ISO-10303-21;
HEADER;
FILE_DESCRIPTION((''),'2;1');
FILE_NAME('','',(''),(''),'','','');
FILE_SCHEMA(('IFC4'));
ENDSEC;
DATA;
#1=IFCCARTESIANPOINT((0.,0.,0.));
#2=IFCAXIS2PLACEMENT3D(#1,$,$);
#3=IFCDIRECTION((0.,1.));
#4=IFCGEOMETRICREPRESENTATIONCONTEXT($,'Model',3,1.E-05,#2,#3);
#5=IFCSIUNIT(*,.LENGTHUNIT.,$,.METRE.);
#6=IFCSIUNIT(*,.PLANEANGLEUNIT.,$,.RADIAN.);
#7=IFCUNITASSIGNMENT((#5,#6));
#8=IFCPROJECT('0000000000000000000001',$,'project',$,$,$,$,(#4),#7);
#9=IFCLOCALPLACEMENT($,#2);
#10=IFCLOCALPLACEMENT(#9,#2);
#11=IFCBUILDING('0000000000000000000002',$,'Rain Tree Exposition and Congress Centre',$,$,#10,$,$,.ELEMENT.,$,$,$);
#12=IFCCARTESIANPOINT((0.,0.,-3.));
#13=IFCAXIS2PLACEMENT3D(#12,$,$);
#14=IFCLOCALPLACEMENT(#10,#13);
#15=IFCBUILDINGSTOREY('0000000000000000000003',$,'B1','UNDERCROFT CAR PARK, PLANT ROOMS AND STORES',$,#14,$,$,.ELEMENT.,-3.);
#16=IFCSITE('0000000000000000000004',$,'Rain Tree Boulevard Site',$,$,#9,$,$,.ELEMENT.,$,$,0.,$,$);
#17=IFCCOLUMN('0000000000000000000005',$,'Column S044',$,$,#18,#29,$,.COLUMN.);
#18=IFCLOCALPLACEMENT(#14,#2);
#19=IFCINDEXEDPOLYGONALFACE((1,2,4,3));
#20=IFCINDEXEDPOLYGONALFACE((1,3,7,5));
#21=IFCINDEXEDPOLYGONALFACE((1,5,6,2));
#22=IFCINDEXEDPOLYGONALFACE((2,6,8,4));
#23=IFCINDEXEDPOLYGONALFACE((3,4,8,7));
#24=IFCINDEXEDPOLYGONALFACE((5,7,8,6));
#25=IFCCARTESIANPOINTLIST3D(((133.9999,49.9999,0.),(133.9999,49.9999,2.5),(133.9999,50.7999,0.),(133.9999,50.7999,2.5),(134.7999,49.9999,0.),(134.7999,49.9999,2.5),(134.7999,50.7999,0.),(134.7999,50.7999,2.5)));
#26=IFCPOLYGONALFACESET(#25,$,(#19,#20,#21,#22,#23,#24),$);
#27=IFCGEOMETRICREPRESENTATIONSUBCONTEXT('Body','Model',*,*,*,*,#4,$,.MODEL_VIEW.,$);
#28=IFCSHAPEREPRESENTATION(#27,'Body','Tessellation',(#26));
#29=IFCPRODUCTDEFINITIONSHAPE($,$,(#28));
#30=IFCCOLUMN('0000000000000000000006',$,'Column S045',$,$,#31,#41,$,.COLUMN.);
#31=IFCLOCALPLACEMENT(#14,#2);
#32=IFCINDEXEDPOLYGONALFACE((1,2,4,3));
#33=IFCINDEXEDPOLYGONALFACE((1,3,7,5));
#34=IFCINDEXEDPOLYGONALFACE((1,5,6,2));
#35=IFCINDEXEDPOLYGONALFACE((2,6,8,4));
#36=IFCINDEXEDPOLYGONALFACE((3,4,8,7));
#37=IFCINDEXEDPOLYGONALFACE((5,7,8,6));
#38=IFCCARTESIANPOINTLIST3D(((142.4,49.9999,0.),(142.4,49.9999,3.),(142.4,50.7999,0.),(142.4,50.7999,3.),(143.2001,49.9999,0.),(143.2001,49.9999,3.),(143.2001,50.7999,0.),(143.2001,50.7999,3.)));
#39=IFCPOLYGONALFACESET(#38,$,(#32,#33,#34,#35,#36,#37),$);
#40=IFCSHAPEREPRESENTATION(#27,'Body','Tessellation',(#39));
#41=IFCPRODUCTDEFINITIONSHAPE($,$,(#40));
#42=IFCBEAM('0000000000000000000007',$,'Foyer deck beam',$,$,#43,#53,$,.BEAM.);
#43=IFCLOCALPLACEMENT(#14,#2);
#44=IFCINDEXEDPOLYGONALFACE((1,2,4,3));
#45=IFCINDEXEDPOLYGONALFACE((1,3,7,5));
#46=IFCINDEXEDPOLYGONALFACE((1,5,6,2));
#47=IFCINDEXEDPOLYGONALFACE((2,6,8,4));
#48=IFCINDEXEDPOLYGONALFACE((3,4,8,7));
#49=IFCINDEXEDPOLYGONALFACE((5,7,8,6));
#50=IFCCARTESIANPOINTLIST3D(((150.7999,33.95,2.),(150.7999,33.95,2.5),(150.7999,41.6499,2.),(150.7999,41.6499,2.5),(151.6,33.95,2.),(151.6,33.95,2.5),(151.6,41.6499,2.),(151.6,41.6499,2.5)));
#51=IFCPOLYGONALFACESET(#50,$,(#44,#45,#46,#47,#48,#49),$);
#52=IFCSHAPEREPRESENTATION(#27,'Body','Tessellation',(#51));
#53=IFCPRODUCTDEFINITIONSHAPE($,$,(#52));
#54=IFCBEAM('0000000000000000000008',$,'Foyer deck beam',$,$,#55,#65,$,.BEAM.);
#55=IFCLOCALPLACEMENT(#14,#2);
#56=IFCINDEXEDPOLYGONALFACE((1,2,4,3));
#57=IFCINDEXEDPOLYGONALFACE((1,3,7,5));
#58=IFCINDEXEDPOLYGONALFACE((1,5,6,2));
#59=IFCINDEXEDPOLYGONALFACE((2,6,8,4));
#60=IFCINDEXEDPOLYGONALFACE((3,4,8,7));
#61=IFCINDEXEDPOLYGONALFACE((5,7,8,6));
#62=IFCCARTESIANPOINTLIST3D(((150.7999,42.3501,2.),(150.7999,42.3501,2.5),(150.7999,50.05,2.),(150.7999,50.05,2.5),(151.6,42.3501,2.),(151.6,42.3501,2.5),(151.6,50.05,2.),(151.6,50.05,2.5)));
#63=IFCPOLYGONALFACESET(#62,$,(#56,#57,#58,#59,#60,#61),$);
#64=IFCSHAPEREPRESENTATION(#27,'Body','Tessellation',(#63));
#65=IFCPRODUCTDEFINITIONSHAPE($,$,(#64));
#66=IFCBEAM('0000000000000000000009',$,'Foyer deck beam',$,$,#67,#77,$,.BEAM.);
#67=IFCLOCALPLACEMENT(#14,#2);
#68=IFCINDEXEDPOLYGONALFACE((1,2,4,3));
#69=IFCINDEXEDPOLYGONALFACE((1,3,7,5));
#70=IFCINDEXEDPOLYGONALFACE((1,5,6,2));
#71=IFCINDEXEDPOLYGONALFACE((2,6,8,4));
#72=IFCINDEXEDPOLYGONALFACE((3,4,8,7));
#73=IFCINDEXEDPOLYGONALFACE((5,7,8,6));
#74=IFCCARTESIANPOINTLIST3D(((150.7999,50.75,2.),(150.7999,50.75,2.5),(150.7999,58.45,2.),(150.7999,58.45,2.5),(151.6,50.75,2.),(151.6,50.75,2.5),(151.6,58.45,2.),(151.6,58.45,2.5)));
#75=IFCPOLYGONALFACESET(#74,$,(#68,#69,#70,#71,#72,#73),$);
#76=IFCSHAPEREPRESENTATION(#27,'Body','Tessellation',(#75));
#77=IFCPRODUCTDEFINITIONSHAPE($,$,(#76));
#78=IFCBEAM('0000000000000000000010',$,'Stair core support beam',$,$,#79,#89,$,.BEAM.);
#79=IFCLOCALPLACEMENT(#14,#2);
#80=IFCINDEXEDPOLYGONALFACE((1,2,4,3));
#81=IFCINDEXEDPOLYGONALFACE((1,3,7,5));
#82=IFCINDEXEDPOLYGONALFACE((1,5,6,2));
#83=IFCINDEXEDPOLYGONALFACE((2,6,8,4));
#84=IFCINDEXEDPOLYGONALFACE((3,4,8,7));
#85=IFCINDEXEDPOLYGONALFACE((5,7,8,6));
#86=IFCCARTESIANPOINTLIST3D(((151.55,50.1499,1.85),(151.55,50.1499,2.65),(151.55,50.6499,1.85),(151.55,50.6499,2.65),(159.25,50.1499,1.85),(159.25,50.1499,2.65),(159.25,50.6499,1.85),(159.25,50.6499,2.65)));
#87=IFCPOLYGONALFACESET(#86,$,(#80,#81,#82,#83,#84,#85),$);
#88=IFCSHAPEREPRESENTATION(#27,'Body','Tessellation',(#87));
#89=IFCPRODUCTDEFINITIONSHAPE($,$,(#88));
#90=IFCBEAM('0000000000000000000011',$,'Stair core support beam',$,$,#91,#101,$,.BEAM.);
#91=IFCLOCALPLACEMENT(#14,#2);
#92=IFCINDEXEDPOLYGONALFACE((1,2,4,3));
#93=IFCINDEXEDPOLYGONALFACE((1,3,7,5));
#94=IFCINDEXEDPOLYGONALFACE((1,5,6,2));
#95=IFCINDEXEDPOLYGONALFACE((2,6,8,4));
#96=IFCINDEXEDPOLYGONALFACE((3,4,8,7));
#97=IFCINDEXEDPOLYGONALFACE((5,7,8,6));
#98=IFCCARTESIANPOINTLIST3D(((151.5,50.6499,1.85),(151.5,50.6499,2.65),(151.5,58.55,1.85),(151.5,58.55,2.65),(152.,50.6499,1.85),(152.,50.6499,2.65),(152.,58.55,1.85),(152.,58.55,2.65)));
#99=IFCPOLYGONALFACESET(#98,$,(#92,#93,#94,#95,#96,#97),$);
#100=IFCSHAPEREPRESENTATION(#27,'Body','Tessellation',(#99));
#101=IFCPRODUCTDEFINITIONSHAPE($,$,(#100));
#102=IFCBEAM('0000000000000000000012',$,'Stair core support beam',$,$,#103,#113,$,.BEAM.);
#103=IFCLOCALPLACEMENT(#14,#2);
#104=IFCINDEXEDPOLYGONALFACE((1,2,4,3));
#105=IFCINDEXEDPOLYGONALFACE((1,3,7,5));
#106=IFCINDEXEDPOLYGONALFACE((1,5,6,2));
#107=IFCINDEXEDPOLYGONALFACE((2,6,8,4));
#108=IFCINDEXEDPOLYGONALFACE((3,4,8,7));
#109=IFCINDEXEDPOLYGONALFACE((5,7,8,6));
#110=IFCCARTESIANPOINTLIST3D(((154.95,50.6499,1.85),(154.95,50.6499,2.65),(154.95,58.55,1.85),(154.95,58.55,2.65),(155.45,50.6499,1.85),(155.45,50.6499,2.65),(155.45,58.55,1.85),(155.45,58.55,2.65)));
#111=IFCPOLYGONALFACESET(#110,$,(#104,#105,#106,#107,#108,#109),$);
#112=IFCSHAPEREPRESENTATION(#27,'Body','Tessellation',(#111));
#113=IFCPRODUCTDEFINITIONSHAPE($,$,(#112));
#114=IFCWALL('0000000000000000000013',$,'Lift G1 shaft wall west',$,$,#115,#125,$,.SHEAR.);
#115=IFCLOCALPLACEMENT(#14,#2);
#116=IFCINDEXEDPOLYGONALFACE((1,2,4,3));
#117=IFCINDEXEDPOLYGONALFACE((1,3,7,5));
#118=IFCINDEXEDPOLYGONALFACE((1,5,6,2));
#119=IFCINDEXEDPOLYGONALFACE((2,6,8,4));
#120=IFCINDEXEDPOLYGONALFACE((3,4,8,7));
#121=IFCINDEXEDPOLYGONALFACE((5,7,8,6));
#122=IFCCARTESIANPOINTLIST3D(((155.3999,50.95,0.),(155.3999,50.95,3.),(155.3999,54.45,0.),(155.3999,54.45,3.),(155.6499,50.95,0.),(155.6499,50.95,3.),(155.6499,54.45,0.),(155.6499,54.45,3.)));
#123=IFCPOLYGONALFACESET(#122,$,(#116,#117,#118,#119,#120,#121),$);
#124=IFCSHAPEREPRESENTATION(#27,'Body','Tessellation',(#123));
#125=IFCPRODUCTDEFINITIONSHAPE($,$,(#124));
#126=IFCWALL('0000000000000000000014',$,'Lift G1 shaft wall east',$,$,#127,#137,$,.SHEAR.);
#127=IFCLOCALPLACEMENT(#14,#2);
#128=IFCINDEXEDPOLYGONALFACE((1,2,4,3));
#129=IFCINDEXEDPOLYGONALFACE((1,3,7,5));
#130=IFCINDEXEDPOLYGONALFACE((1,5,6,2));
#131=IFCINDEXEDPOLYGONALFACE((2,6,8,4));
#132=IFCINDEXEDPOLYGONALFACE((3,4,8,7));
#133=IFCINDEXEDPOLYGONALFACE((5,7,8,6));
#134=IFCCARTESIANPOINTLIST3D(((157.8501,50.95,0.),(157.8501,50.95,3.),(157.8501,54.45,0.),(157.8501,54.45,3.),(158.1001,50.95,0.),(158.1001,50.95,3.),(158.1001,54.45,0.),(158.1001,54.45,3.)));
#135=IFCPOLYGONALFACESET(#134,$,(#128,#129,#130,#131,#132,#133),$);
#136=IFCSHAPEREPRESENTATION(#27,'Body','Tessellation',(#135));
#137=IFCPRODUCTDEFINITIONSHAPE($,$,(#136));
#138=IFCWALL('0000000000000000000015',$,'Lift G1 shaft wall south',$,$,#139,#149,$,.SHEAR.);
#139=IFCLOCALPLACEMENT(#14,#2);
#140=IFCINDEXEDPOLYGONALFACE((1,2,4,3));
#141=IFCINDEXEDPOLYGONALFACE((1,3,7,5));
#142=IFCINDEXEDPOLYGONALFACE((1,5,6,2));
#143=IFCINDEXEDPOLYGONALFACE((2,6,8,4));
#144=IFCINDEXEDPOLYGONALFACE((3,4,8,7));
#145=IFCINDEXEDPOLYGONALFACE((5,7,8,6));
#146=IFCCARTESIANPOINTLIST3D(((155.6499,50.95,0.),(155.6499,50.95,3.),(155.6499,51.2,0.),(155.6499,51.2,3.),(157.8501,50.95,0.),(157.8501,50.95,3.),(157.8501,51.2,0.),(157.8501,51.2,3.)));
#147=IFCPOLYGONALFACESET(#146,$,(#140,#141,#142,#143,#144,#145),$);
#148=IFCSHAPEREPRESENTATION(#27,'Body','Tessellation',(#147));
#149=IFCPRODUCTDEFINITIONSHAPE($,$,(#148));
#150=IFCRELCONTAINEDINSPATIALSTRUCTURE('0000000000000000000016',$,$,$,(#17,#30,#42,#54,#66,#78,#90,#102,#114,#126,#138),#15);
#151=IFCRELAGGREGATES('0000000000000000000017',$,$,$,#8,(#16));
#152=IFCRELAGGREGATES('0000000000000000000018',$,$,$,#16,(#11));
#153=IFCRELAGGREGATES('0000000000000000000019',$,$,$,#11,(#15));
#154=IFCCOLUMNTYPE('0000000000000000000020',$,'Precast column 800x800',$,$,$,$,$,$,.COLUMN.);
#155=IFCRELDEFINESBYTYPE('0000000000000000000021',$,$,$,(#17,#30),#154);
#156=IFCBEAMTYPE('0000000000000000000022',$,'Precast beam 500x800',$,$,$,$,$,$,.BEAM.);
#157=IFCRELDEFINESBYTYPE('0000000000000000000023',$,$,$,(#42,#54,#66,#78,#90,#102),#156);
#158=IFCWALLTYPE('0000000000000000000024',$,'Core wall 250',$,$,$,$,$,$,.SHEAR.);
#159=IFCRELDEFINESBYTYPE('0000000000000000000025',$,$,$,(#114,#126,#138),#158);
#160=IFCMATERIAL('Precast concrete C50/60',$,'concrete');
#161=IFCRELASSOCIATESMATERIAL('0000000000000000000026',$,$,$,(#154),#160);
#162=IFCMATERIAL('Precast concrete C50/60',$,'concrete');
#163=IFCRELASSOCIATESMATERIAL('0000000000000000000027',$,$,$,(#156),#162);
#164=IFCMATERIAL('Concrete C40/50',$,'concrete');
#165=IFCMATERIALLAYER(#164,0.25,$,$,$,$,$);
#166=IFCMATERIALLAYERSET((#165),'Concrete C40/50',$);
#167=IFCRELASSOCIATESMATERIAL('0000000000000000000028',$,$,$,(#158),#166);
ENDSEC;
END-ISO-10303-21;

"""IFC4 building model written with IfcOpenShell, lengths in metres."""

from ifc_helpers import new_model, si_unit, direction, frame, frame_2d, origin, origin_2d, place, context, subcontext, project, spatial, rectangle, extrude, material, layer, layer_set, material_profile, profile_set, type_object, element, save


model = new_model("IFC4")

# Units and contexts
model_context = context("Model", 3, precision=1e-05, world=origin(), true_north=direction((0.0, 1.0)))
body_context = subcontext(model_context, "Body", "Model", "MODEL_VIEW")
ifc_project = project(units=[si_unit("LENGTHUNIT", "METRE"), si_unit("PLANEANGLEUNIT", "RADIAN")], contexts=[model_context])

# Site, building, storey
site_placement = place(None, origin())
site = spatial("IfcSite", under=ifc_project, at=site_placement, Name="Rain Tree Boulevard Site", CompositionType="ELEMENT", RefElevation=0.0)
building_placement = place(site_placement, origin())
building = spatial("IfcBuilding", under=site, at=building_placement, Name="Rain Tree Exposition and Congress Centre", CompositionType="ELEMENT")
storey_placement = place(building_placement, frame((0.0, 0.0, -3.0)))
storey = spatial("IfcBuildingStorey", under=building, at=storey_placement, Name="B1", Description="UNDERCROFT CAR PARK, PLANT ROOMS AND STORES", CompositionType="ELEMENT", Elevation=-3.0)

# Columns
ifc_material_1 = material(Name="Precast concrete C50/60", Category="concrete")
ifc_material_profile_1 = material_profile(ifc_material_1, rectangle(XDim=0.8, YDim=0.8, at=origin_2d()), Name="RC 800x800")
ifc_profile_set_1 = profile_set([ifc_material_profile_1], Name="Precast concrete C50/60")
column_type_1 = type_object("IfcColumnType", Name="Precast column 800x800", PredefinedType="COLUMN", material=ifc_profile_set_1)
column_1_placement = place(storey_placement, frame((134.3999, 50.3999, 0.0), z_axis=(0.0, 0.0, 1.0), x_axis=(1.0, 0.0, 0.0)))
element("IfcColumn", 1, at=column_1_placement, inside=storey, type_object=column_type_1, Name="Column S044", PredefinedType="COLUMN", context=body_context, shape_type="SweptSolid", body=[
    extrude(rectangle(XDim=0.8, YDim=0.8, at=origin_2d()), origin(), (0.0, 0.0, 1.0), 2.5),
])
column_2_placement = place(storey_placement, frame((142.8, 50.3999, 0.0), z_axis=(0.0, 0.0, 1.0), x_axis=(1.0, 0.0, 0.0)))
element("IfcColumn", 2, at=column_2_placement, inside=storey, type_object=column_type_1, Name="Column S045", PredefinedType="COLUMN", context=body_context, shape_type="SweptSolid", body=[
    extrude(rectangle(XDim=0.8, YDim=0.8, at=origin_2d()), origin(), (0.0, 0.0, 1.0), 3.0),
])

# Beams
ifc_material_2 = material(Name="Precast concrete C50/60", Category="concrete")
ifc_material_profile_2 = material_profile(ifc_material_2, rectangle(XDim=0.5, YDim=0.8, at=origin_2d()), Name="RC 500x800")
ifc_profile_set_2 = profile_set([ifc_material_profile_2], Name="Precast concrete C50/60")
beam_type = type_object("IfcBeamType", Name="Precast beam 500x800", PredefinedType="BEAM", material=ifc_profile_set_2)
for number, where, z_axis, x_axis, name in (
    (3, (151.2, 33.95, 2.25), (0.0, 1.0, 0.0), (0.0, 0.0, 1.0), "Foyer deck beam"),
    (4, (151.2, 42.3501, 2.25), (0.0, 1.0, 0.0), (0.0, 0.0, 1.0), "Foyer deck beam"),
    (5, (151.2, 50.75, 2.25), (0.0, 1.0, 0.0), (0.0, 0.0, 1.0), "Foyer deck beam"),
    (6, (151.55, 50.3999, 2.25), (1.0, 0.0, 0.0), (0.0, 1.0, 0.0), "Stair core support beam"),
):
    element("IfcBeam", number, at=place(storey_placement, frame(where, z_axis=z_axis, x_axis=x_axis)), inside=storey, type_object=beam_type, Name=name, PredefinedType="BEAM", context=body_context, shape_type="SweptSolid", body=[
        extrude(rectangle(XDim=0.5, YDim=0.8, at=origin_2d()), origin(), (0.0, 0.0, 1.0), 7.7),
    ])
for number, where, z_axis, x_axis, name in (
    (7, (151.75, 50.6499, 2.25), (0.0, 1.0, 0.0), (-1.0, 0.0, 0.0), "Stair core support beam"),
    (8, (155.2, 50.6499, 2.25), (0.0, 1.0, 0.0), (-1.0, 0.0, 0.0), "Stair core support beam"),
):
    element("IfcBeam", number, at=place(storey_placement, frame(where, z_axis=z_axis, x_axis=x_axis)), inside=storey, type_object=beam_type, Name=name, PredefinedType="BEAM", context=body_context, shape_type="SweptSolid", body=[
        extrude(rectangle(XDim=0.5, YDim=0.8, at=origin_2d()), origin(), (0.0, 0.0, 1.0), 7.9001),
    ])

# Walls
ifc_material_3 = material(Name="Concrete C40/50", Category="concrete")
ifc_layer = layer(ifc_material_3, 0.25)
ifc_layer_set = layer_set([ifc_layer], Name="Concrete C40/50")
wall_type = type_object("IfcWallType", Name="Core wall 250", PredefinedType="SHEAR", material=ifc_layer_set)
for number, where, z_axis, x_axis, name in (
    (9, (155.5249, 50.95, 0.0), (0.0, 0.0, 1.0), (0.0, 1.0, 0.0), "Lift G1 shaft wall west"),
    (10, (157.9751, 50.95, 0.0), (0.0, 0.0, 1.0), (0.0, 1.0, 0.0), "Lift G1 shaft wall east"),
):
    element("IfcWall", number, at=place(storey_placement, frame(where, z_axis=z_axis, x_axis=x_axis)), inside=storey, type_object=wall_type, Name=name, PredefinedType="SHEAR", context=body_context, shape_type="SweptSolid", body=[
        extrude(rectangle(XDim=3.5, YDim=0.25, at=frame_2d((1.75, 0.0))), origin(), (0.0, 0.0, 1.0), 3.0),
    ])
wall_placement = place(storey_placement, frame((155.6499, 51.075, 0.0), z_axis=(0.0, 0.0, 1.0), x_axis=(1.0, 0.0, 0.0)))
element("IfcWall", 11, at=wall_placement, inside=storey, type_object=wall_type, Name="Lift G1 shaft wall south", PredefinedType="SHEAR", context=body_context, shape_type="SweptSolid", body=[
    extrude(rectangle(XDim=2.2002, YDim=0.25, at=frame_2d((1.1001, 0.0))), origin(), (0.0, 0.0, 1.0), 3.0),
])

save(model, "model.ifc")
